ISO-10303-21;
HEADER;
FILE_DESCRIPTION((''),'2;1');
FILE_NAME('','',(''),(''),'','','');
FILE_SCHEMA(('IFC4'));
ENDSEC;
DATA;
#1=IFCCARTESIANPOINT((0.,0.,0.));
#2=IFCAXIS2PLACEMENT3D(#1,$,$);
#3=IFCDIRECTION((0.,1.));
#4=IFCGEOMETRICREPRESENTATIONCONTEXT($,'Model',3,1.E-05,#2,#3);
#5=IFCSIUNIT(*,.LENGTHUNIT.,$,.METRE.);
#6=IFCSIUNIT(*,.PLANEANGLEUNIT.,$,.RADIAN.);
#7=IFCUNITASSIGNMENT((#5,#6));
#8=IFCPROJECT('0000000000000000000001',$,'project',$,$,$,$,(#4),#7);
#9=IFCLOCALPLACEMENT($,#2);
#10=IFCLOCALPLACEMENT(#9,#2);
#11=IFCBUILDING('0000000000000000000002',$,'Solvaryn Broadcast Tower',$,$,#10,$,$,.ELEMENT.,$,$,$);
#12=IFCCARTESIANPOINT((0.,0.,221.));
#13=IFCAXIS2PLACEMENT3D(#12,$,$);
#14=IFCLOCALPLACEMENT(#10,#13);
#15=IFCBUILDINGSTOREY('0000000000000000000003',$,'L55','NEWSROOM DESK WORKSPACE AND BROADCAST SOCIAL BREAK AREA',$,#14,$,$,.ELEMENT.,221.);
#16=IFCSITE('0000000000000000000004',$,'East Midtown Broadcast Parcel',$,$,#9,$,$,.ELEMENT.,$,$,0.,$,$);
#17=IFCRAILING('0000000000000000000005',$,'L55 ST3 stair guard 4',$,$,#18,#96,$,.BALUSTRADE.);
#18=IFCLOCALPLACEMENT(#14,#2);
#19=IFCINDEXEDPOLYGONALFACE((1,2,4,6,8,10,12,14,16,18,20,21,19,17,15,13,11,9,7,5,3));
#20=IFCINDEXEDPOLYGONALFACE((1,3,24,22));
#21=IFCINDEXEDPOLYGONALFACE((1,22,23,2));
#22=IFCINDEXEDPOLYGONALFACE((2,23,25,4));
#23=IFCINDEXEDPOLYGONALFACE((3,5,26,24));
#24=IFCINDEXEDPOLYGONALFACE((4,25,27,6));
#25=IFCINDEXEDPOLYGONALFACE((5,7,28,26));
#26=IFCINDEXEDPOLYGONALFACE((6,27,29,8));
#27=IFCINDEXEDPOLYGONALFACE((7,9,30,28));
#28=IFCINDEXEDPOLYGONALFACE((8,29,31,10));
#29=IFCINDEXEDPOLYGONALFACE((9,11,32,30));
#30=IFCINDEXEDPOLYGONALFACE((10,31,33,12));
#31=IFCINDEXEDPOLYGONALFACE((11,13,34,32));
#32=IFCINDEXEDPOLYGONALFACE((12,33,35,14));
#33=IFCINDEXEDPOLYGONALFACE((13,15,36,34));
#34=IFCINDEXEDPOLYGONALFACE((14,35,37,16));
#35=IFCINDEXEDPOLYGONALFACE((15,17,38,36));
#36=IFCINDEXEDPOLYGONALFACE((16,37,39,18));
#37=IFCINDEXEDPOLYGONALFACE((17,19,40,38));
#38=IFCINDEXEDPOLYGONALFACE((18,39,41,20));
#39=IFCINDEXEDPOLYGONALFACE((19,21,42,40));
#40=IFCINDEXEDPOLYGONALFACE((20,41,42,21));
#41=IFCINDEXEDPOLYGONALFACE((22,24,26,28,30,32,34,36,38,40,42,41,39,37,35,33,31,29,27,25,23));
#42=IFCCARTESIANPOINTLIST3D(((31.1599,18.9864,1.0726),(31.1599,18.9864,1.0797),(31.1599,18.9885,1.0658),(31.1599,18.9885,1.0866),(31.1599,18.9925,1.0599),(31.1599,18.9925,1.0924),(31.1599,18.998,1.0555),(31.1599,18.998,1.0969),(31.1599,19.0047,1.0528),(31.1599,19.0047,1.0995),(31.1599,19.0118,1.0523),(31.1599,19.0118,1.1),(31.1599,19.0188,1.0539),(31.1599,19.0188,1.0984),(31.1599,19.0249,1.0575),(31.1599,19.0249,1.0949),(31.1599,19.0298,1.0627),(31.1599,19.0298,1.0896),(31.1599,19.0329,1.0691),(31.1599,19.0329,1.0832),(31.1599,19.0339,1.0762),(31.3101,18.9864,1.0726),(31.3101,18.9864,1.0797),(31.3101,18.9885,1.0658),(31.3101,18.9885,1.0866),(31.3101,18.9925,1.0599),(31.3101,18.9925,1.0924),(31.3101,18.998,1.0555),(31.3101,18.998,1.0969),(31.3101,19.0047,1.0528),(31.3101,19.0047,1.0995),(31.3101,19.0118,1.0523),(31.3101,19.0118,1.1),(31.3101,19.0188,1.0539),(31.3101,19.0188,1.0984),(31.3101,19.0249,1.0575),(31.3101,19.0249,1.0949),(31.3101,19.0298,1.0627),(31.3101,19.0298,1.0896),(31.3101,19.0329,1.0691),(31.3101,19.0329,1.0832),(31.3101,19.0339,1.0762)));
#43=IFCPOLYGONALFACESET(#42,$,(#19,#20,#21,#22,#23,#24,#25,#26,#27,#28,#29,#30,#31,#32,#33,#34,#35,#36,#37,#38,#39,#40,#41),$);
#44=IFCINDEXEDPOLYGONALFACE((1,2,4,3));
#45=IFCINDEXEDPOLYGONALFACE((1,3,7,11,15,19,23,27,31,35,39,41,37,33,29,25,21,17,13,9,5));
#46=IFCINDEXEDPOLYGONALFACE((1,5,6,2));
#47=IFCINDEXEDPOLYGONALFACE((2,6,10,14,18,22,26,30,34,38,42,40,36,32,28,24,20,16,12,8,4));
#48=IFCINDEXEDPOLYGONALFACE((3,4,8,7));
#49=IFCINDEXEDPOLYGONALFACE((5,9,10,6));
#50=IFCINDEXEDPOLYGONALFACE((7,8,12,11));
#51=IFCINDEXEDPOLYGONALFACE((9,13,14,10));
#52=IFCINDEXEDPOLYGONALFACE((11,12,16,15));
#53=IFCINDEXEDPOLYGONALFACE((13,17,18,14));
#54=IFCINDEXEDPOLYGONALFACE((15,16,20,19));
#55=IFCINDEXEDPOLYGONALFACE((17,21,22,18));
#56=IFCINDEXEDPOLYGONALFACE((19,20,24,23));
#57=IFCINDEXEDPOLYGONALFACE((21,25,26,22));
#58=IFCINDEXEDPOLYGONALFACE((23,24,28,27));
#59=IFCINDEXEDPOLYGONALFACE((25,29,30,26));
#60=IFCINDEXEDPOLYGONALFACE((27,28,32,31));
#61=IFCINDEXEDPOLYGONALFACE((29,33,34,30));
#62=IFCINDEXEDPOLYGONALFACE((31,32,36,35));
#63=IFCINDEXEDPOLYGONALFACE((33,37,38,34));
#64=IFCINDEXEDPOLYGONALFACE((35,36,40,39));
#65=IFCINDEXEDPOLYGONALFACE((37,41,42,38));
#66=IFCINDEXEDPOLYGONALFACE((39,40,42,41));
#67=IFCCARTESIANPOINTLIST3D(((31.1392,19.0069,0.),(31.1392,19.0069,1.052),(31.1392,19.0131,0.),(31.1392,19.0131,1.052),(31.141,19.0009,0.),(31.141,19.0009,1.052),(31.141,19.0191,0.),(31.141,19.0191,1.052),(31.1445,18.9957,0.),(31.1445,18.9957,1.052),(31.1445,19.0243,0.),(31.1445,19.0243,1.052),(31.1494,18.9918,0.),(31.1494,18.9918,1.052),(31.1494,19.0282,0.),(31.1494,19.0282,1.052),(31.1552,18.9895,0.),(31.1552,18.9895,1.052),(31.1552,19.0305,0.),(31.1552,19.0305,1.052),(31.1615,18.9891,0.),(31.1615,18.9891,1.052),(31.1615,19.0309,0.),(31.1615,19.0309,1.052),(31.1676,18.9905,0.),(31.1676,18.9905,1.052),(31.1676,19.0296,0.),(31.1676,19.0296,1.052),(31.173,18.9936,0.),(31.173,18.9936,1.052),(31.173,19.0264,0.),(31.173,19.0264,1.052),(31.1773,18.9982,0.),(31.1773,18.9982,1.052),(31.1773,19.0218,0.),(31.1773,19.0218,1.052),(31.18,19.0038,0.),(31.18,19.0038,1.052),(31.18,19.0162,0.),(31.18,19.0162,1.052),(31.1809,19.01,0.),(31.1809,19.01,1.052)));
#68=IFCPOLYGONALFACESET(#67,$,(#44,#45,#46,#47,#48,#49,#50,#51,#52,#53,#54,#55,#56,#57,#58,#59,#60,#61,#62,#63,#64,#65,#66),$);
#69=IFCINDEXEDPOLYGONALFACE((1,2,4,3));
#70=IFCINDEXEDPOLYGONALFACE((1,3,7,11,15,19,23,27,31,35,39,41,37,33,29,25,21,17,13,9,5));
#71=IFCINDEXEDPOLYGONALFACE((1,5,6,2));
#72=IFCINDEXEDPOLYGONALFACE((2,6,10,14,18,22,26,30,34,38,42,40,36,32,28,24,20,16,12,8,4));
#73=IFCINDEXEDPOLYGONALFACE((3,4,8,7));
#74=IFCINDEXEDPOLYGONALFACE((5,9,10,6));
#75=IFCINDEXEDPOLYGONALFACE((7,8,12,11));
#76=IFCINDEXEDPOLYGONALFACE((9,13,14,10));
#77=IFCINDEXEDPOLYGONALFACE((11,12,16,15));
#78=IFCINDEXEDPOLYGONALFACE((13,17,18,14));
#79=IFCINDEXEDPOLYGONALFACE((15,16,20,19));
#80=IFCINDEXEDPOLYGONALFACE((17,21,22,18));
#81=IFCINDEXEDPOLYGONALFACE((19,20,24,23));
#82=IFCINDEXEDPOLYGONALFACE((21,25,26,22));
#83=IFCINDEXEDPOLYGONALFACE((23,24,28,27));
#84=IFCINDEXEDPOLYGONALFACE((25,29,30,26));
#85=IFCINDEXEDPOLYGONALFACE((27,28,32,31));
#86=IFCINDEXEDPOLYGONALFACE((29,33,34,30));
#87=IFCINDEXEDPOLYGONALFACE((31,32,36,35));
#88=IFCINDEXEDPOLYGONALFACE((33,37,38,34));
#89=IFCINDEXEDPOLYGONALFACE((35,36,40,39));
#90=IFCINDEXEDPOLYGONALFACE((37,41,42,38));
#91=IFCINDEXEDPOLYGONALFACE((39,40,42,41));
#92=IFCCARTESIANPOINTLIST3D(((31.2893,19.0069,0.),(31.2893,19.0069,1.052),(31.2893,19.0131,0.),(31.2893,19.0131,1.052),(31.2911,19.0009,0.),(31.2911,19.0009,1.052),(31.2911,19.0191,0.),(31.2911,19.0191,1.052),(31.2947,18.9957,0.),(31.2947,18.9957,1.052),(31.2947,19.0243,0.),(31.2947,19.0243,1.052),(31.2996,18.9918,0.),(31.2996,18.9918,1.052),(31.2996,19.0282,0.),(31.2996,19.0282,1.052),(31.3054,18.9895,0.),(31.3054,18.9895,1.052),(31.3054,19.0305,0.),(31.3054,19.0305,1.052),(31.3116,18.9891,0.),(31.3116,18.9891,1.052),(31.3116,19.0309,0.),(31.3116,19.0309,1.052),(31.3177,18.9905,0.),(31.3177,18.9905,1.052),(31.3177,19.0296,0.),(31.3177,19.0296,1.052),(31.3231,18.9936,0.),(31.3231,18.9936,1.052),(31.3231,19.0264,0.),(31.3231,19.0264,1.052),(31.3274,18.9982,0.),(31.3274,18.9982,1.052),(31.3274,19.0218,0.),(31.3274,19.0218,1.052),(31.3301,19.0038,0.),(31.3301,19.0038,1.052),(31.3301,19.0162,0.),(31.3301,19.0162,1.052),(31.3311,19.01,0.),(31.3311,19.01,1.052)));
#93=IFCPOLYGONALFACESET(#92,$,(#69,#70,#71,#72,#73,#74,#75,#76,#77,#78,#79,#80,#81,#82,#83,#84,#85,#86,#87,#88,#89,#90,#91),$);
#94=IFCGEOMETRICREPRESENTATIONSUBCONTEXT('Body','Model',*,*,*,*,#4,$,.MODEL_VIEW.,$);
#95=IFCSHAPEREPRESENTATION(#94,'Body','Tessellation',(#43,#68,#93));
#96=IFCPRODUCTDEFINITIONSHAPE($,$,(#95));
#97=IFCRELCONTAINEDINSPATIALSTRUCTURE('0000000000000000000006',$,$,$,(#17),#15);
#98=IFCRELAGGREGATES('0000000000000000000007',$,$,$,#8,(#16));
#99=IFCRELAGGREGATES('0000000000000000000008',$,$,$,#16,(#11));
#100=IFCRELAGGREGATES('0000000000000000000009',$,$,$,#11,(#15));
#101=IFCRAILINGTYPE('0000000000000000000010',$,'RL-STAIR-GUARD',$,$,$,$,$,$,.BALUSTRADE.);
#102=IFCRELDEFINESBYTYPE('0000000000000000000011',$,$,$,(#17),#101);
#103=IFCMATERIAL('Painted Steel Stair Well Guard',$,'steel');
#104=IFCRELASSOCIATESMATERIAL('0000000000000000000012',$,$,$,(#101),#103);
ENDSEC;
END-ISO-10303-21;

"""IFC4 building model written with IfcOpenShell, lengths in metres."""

from ifc_helpers import new_model, si_unit, direction, frame, origin, origin_2d, place, context, subcontext, project, spatial, circle, extrude, material, type_object, element, save


model = new_model("IFC4")

# Units and contexts
model_context = context("Model", 3, precision=1e-05, world=origin(), true_north=direction((0.0, 1.0)))
body_context = subcontext(model_context, "Body", "Model", "MODEL_VIEW")
ifc_project = project(units=[si_unit("LENGTHUNIT", "METRE"), si_unit("PLANEANGLEUNIT", "RADIAN")], contexts=[model_context])

# Site, building, storey
site_placement = place(None, origin())
site = spatial("IfcSite", under=ifc_project, at=site_placement, Name="East Midtown Broadcast Parcel", CompositionType="ELEMENT", RefElevation=0.0)
building_placement = place(site_placement, origin())
building = spatial("IfcBuilding", under=site, at=building_placement, Name="Solvaryn Broadcast Tower", CompositionType="ELEMENT")
storey_placement = place(building_placement, frame((0.0, 0.0, 221.0)))
storey = spatial("IfcBuildingStorey", under=building, at=storey_placement, Name="L55", Description="NEWSROOM DESK WORKSPACE AND BROADCAST SOCIAL BREAK AREA", CompositionType="ELEMENT", Elevation=221.0)

# Railing
ifc_material_1 = material(Name="Painted Steel Stair Well Guard", Category="steel")
railing_type_1 = type_object("IfcRailingType", Name="RL-STAIR-GUARD", PredefinedType="BALUSTRADE", material=ifc_material_1)
railing_1_placement = place(storey_placement, frame((31.1599, 19.01, 0.0)))
element("IfcRailing", 1, at=railing_1_placement, inside=storey, type_object=railing_type_1, Name="L55 ST3 stair guard 4", PredefinedType="BALUSTRADE", context=body_context, shape_type="SweptSolid", body=[
    extrude(circle(Radius=0.0239, at=origin_2d()), frame((0.0, 0.0, 1.0762), z_axis=(1.0, 0.0, 0.0), x_axis=(0.0, 1.0, 0.0)), (0.0, 0.0, 1.0), 0.1501),
    extrude(circle(Radius=0.021, at=origin_2d()), origin(), (0.0, 0.0, 1.0), 1.052),
    extrude(circle(Radius=0.021, at=origin_2d()), frame((0.1501, 0.0, 0.0)), (0.0, 0.0, 1.0), 1.052),
])

save(model, "model.ifc")
